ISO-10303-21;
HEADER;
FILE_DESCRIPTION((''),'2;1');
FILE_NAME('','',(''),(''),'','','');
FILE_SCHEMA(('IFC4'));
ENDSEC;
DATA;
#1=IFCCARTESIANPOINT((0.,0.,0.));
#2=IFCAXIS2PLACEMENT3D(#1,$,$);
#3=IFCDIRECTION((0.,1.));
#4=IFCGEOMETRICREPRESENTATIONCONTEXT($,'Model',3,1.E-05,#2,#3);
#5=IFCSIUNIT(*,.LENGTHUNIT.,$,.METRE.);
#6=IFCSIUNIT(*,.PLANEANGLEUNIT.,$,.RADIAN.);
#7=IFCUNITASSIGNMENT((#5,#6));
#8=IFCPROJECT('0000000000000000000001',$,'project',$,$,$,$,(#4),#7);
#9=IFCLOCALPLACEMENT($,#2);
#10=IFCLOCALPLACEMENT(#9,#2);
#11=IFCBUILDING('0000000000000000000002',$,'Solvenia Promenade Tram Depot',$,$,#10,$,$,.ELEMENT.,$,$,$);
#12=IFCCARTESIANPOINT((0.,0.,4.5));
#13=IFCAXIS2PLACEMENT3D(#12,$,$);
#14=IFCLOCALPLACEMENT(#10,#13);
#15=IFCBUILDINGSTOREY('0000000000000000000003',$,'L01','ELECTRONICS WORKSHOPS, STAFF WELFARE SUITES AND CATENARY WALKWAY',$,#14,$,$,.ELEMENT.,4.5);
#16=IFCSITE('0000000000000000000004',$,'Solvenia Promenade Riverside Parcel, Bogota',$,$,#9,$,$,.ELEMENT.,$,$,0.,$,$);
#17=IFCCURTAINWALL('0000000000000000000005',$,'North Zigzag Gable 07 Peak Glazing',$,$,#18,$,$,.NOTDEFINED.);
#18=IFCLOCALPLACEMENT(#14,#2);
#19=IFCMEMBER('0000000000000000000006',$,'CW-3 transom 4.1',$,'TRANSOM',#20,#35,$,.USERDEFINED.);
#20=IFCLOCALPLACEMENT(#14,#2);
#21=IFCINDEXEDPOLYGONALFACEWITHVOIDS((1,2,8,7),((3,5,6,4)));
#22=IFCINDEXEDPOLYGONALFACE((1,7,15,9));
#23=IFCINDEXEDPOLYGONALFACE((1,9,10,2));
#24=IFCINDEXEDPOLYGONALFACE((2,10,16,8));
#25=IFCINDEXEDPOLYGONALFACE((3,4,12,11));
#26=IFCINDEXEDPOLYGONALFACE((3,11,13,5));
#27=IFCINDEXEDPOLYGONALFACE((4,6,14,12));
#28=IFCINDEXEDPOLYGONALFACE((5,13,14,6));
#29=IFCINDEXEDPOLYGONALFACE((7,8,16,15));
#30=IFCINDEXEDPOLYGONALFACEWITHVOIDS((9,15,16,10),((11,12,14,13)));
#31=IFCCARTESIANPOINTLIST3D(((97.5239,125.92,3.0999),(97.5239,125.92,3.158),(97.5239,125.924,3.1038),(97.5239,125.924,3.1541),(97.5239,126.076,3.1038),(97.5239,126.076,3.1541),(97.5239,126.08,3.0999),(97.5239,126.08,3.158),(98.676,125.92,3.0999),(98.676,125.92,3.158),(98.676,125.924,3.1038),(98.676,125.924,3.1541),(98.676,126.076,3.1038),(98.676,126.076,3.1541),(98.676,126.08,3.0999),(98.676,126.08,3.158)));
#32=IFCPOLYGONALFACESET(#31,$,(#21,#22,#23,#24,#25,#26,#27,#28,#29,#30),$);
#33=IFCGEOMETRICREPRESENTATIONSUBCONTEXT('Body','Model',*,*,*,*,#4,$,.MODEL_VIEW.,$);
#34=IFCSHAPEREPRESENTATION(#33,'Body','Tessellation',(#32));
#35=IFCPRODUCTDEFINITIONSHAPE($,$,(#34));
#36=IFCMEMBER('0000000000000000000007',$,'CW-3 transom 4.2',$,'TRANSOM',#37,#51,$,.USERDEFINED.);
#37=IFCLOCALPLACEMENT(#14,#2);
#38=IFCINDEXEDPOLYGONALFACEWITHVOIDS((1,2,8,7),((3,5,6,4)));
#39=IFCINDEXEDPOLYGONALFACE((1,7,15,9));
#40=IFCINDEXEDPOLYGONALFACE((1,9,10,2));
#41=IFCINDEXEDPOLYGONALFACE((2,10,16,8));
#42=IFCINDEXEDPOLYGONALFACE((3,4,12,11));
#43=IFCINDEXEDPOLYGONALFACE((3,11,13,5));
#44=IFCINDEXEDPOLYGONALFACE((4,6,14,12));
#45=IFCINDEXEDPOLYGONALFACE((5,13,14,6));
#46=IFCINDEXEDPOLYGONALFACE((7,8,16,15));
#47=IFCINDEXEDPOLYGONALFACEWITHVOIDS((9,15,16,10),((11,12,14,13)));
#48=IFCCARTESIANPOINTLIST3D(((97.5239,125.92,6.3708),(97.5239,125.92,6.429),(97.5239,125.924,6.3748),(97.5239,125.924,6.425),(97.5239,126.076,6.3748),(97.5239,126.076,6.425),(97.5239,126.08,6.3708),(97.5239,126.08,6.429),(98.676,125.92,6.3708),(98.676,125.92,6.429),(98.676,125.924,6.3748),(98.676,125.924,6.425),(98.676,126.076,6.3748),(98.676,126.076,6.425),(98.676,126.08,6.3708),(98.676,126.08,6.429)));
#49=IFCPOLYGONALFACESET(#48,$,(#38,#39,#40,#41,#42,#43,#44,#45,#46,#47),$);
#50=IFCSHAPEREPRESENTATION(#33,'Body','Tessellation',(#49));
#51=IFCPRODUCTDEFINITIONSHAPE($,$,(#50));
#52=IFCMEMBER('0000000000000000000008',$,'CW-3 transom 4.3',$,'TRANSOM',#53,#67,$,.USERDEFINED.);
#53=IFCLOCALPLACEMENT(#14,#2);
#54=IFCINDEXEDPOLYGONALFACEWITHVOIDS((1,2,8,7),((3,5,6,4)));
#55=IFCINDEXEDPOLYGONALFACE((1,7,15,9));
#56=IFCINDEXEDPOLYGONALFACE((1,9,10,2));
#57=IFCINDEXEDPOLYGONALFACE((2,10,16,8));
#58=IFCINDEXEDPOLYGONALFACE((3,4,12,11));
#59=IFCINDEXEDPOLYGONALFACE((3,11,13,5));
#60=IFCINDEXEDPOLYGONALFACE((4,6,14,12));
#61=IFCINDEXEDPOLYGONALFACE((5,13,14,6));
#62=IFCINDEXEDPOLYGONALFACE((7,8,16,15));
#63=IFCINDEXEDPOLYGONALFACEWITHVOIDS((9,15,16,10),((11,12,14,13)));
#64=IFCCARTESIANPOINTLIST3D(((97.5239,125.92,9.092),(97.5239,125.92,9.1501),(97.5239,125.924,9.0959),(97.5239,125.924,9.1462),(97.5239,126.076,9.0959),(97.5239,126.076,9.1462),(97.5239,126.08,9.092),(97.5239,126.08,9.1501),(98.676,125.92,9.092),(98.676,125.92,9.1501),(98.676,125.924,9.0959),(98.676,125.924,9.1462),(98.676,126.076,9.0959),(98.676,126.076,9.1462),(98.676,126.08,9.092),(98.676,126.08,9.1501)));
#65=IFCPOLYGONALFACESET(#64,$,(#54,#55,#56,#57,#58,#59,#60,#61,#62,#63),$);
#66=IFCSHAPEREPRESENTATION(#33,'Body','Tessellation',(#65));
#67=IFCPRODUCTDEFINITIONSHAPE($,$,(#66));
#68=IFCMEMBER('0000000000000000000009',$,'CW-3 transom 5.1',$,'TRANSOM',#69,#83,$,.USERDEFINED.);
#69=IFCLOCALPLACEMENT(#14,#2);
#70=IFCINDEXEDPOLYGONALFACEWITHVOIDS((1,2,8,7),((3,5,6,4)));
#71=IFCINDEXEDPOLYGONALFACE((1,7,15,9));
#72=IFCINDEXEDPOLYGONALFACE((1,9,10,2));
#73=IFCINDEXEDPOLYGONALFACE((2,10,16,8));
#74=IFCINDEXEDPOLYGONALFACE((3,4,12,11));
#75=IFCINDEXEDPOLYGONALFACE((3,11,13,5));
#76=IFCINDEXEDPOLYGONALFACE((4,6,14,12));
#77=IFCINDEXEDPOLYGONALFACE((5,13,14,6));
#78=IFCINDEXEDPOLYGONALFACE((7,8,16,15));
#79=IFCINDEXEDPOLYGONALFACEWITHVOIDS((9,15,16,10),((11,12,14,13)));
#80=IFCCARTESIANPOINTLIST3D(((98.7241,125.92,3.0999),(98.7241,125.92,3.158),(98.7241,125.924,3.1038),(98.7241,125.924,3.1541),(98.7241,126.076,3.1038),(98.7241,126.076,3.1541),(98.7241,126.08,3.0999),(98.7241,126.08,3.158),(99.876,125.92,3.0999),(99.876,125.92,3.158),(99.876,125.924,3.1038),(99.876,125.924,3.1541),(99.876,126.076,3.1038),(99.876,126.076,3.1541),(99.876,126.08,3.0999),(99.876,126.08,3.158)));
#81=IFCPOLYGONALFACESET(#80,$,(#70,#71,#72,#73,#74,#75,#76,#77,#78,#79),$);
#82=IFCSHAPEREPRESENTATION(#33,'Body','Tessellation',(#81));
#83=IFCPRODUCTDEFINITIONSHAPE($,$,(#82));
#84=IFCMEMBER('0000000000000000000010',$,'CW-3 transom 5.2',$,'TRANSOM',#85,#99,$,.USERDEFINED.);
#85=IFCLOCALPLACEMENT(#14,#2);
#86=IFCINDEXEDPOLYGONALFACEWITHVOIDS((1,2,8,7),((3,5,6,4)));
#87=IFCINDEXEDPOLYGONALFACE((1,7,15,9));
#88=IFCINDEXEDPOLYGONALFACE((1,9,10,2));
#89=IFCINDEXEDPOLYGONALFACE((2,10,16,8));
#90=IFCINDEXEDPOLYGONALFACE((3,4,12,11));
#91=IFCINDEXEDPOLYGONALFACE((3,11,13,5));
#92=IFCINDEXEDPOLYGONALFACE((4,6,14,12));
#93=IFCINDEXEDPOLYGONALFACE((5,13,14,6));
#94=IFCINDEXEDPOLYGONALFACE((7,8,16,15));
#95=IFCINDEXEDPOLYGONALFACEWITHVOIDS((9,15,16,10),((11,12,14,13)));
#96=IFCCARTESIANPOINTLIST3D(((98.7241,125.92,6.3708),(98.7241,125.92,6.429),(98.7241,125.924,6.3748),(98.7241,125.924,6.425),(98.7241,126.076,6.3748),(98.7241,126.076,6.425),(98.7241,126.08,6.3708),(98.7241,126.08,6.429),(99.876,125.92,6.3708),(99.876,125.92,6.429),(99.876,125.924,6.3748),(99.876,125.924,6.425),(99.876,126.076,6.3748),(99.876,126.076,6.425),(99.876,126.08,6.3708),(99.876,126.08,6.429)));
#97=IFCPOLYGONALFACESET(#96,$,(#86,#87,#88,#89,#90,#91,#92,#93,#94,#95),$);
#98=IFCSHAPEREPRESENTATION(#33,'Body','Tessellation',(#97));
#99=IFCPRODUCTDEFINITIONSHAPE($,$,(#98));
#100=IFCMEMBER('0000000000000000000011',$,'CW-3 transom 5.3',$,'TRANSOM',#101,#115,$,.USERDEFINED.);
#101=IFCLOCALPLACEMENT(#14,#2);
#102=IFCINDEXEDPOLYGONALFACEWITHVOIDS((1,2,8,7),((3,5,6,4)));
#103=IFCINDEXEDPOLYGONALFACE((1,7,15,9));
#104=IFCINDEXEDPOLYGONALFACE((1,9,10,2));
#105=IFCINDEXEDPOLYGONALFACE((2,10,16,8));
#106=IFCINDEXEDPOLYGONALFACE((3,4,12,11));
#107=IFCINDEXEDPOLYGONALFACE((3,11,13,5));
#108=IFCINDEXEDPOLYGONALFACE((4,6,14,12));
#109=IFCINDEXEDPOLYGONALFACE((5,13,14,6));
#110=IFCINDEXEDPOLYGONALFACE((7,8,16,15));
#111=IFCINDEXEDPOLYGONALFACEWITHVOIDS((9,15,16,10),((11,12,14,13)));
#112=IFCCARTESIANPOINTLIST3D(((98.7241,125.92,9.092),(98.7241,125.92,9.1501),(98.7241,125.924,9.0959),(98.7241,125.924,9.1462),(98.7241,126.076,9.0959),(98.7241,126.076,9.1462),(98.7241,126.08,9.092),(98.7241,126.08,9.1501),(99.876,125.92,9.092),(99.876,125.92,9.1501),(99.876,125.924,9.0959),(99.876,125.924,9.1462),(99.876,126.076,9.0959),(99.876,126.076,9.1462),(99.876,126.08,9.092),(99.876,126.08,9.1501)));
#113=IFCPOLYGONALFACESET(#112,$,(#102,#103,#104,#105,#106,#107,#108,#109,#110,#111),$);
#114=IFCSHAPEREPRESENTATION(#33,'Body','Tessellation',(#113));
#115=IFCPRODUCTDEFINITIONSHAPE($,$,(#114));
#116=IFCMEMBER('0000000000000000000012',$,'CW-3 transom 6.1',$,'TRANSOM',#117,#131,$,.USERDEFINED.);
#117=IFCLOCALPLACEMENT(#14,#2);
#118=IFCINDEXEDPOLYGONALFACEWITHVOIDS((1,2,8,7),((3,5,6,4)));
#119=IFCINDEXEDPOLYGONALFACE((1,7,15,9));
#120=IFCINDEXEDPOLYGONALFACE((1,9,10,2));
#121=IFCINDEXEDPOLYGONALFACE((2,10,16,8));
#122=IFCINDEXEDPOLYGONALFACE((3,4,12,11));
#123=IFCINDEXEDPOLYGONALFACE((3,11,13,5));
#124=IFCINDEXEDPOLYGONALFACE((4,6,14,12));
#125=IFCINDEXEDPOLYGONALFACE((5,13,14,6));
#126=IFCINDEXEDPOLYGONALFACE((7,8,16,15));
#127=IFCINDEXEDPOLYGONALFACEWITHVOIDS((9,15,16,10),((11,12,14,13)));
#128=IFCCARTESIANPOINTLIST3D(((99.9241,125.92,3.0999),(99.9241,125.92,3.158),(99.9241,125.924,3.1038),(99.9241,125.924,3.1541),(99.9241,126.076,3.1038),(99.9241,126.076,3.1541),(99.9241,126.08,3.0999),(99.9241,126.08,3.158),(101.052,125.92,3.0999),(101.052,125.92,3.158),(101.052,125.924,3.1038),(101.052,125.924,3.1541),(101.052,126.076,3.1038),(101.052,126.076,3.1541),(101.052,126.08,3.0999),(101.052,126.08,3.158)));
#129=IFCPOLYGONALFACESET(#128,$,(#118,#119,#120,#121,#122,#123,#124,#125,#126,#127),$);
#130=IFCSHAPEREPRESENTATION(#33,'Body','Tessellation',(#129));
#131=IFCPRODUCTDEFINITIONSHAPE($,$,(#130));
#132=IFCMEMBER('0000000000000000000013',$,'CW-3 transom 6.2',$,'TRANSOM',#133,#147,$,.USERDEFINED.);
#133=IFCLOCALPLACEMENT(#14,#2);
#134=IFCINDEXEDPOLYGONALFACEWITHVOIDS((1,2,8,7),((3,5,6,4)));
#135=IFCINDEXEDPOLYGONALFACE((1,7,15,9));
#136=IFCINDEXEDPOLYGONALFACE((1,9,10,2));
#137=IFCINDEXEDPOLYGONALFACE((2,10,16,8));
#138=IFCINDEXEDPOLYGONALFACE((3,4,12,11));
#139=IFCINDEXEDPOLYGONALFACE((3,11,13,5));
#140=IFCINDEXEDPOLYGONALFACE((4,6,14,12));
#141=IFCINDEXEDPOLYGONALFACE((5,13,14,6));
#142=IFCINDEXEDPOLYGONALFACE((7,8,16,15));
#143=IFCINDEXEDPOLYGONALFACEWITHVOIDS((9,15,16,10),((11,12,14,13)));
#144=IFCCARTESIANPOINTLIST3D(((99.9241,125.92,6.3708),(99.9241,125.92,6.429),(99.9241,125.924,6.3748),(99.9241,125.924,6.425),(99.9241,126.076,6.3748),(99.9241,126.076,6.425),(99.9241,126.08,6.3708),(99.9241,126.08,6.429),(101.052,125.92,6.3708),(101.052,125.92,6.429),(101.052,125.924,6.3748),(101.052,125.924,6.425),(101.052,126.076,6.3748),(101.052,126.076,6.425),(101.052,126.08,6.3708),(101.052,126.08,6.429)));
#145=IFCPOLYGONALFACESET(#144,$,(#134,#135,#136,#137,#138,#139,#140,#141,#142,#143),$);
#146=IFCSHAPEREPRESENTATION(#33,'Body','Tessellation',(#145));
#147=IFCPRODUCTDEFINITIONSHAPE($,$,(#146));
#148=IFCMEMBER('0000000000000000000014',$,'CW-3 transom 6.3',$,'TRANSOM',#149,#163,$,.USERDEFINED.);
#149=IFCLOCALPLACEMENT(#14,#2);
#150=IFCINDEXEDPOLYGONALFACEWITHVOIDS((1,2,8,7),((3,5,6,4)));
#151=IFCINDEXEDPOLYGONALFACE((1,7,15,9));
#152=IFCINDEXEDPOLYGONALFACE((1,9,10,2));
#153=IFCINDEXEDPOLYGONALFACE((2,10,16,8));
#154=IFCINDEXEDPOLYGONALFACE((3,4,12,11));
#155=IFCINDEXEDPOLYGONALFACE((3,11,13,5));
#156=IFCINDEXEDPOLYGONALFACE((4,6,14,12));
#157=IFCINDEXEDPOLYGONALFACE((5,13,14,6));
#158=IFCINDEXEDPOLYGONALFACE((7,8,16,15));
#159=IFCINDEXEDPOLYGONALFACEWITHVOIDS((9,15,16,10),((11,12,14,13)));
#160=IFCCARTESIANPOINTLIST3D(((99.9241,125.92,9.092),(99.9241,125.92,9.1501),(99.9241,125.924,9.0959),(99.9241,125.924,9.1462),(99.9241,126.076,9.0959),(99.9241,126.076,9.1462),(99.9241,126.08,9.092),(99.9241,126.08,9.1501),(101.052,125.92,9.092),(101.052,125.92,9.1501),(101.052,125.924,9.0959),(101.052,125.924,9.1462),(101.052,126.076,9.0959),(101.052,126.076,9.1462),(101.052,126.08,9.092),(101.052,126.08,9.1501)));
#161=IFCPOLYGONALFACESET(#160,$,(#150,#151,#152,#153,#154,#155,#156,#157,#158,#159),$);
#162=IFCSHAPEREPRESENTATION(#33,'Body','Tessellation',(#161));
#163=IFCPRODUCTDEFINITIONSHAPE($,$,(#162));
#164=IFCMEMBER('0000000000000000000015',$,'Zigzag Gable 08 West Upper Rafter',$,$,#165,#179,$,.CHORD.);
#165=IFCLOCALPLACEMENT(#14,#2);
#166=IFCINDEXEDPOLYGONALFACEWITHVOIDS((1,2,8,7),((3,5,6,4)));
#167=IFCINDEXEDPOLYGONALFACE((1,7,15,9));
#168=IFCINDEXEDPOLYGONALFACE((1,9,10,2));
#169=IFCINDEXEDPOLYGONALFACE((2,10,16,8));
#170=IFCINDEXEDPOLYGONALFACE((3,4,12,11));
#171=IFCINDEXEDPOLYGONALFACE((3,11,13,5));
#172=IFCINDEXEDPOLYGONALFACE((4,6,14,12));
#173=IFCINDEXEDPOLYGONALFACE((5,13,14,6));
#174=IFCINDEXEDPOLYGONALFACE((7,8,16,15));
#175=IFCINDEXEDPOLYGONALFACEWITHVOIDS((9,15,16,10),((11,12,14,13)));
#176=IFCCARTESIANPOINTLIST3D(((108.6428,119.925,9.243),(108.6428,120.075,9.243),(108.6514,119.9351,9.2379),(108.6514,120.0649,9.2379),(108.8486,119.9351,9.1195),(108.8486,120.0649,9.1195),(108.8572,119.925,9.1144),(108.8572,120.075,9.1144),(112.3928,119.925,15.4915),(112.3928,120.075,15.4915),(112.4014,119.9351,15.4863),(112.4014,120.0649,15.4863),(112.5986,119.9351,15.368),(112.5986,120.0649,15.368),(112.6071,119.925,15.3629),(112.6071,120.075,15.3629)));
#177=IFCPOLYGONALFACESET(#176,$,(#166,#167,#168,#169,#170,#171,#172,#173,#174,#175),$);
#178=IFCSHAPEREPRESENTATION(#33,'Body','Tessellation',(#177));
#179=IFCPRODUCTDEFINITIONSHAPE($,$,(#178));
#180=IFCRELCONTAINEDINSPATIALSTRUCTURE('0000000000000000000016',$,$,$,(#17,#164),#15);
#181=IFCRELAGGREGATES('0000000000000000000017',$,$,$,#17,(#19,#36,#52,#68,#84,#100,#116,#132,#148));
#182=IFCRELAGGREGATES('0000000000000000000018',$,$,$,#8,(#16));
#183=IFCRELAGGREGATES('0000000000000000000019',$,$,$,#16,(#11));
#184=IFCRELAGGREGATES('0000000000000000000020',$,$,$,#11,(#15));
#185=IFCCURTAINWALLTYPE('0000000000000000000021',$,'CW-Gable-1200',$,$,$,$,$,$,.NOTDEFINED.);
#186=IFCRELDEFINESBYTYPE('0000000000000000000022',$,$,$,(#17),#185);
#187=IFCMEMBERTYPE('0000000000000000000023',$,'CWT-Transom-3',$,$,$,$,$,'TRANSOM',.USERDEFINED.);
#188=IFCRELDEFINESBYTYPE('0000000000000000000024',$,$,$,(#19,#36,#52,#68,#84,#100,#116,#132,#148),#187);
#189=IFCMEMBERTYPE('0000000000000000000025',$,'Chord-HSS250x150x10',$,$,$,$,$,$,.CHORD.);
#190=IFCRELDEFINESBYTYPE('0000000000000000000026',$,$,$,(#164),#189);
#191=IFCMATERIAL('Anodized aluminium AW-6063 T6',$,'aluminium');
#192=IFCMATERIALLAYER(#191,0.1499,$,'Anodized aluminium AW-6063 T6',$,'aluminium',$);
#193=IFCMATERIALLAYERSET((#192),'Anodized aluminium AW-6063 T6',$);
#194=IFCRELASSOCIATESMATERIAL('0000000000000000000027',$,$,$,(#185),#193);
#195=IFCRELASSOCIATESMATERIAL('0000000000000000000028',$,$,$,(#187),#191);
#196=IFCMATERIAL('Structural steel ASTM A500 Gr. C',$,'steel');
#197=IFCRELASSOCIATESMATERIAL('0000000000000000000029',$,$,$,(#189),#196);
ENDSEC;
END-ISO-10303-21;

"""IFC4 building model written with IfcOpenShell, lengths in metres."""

from ifc_helpers import new_model, si_unit, direction, frame, origin, origin_2d, place, context, subcontext, project, spatial, hollow_rectangle, extrude, material, layer, layer_set, material_profile, profile_set, type_object, element, aggregate, save


model = new_model("IFC4")

# Units and contexts
model_context = context("Model", 3, precision=1e-05, world=origin(), true_north=direction((0.0, 1.0)))
body_context = subcontext(model_context, "Body", "Model", "MODEL_VIEW")
ifc_project = project(units=[si_unit("LENGTHUNIT", "METRE"), si_unit("PLANEANGLEUNIT", "RADIAN")], contexts=[model_context])

# Site, building, storey
site_placement = place(None, origin())
site = spatial("IfcSite", under=ifc_project, at=site_placement, Name="Solvenia Promenade Riverside Parcel, Bogota", CompositionType="ELEMENT", RefElevation=0.0)
building_placement = place(site_placement, origin())
building = spatial("IfcBuilding", under=site, at=building_placement, Name="Solvenia Promenade Tram Depot", CompositionType="ELEMENT")
storey_placement = place(building_placement, frame((0.0, 0.0, 4.5)))
storey = spatial("IfcBuildingStorey", under=building, at=storey_placement, Name="L01", Description="ELECTRONICS WORKSHOPS, STAFF WELFARE SUITES AND CATENARY WALKWAY", CompositionType="ELEMENT", Elevation=4.5)

# Curtain wall, members
ifc_material_1 = material(Name="Anodized aluminium AW-6063 T6", Category="aluminium")
ifc_layer_1 = layer(ifc_material_1, 0.1499, Name="Anodized aluminium AW-6063 T6", Category="aluminium")
ifc_layer_set_1 = layer_set([ifc_layer_1], Name="Anodized aluminium AW-6063 T6")
curtain_wall_type = type_object("IfcCurtainWallType", Name="CW-Gable-1200", PredefinedType="NOTDEFINED", material=ifc_layer_set_1)
curtain_wall_placement = place(storey_placement, origin())
curtain_wall = element("IfcCurtainWall", 1, at=curtain_wall_placement, inside=storey, type_object=curtain_wall_type, Name="North Zigzag Gable 07 Peak Glazing", PredefinedType="NOTDEFINED")
ifc_material_profile_1 = material_profile(ifc_material_1, hollow_rectangle(XDim=0.1599, YDim=0.0581, WallThickness=0.0039, at=origin_2d()), Name="ALU-T3", Category="aluminium")
ifc_profile_set_1 = profile_set([ifc_material_profile_1], Name="Anodized aluminium AW-6063 T6")
member_type_1 = type_object("IfcMemberType", Name="CWT-Transom-3", ElementType="TRANSOM", PredefinedType="USERDEFINED", material=ifc_profile_set_1)
member_1_placement = place(storey_placement, frame((97.5239, 126.0, 3.1289), z_axis=(1.0, 0.0, 0.0), x_axis=(0.0, 1.0, 0.0)))
member_1 = element("IfcMember", 2, at=member_1_placement, type_object=member_type_1, Name="CW-3 transom 4.1", ObjectType="TRANSOM", PredefinedType="USERDEFINED", context=body_context, shape_type="SweptSolid", body=[
    extrude(hollow_rectangle(XDim=0.1599, YDim=0.0581, WallThickness=0.0039, at=origin_2d()), origin(), (0.0, 0.0, 1.0), 1.1521),
])
member_2_placement = place(storey_placement, frame((97.5239, 126.0, 6.3999), z_axis=(1.0, 0.0, 0.0), x_axis=(0.0, 1.0, 0.0)))
member_2 = element("IfcMember", 3, at=member_2_placement, type_object=member_type_1, Name="CW-3 transom 4.2", ObjectType="TRANSOM", PredefinedType="USERDEFINED", context=body_context, shape_type="SweptSolid", body=[
    extrude(hollow_rectangle(XDim=0.1599, YDim=0.0581, WallThickness=0.0039, at=origin_2d()), origin(), (0.0, 0.0, 1.0), 1.1521),
])
member_3_placement = place(storey_placement, frame((97.5239, 126.0, 9.1211), z_axis=(1.0, 0.0, 0.0), x_axis=(0.0, 1.0, 0.0)))
member_3 = element("IfcMember", 4, at=member_3_placement, type_object=member_type_1, Name="CW-3 transom 4.3", ObjectType="TRANSOM", PredefinedType="USERDEFINED", context=body_context, shape_type="SweptSolid", body=[
    extrude(hollow_rectangle(XDim=0.1599, YDim=0.0581, WallThickness=0.0039, at=origin_2d()), origin(), (0.0, 0.0, 1.0), 1.1521),
])
member_4_placement = place(storey_placement, frame((98.7241, 126.0, 3.1289), z_axis=(1.0, 0.0, 0.0), x_axis=(0.0, 1.0, 0.0)))
member_4 = element("IfcMember", 5, at=member_4_placement, type_object=member_type_1, Name="CW-3 transom 5.1", ObjectType="TRANSOM", PredefinedType="USERDEFINED", context=body_context, shape_type="SweptSolid", body=[
    extrude(hollow_rectangle(XDim=0.1599, YDim=0.0581, WallThickness=0.0039, at=origin_2d()), origin(), (0.0, 0.0, 1.0), 1.1519),
])
member_5_placement = place(storey_placement, frame((98.7241, 126.0, 6.3999), z_axis=(1.0, 0.0, 0.0), x_axis=(0.0, 1.0, 0.0)))
member_5 = element("IfcMember", 6, at=member_5_placement, type_object=member_type_1, Name="CW-3 transom 5.2", ObjectType="TRANSOM", PredefinedType="USERDEFINED", context=body_context, shape_type="SweptSolid", body=[
    extrude(hollow_rectangle(XDim=0.1599, YDim=0.0581, WallThickness=0.0039, at=origin_2d()), origin(), (0.0, 0.0, 1.0), 1.1519),
])
member_6_placement = place(storey_placement, frame((98.7241, 126.0, 9.1211), z_axis=(1.0, 0.0, 0.0), x_axis=(0.0, 1.0, 0.0)))
member_6 = element("IfcMember", 7, at=member_6_placement, type_object=member_type_1, Name="CW-3 transom 5.3", ObjectType="TRANSOM", PredefinedType="USERDEFINED", context=body_context, shape_type="SweptSolid", body=[
    extrude(hollow_rectangle(XDim=0.1599, YDim=0.0581, WallThickness=0.0039, at=origin_2d()), origin(), (0.0, 0.0, 1.0), 1.1519),
])
member_7_placement = place(storey_placement, frame((99.9241, 126.0, 3.1289), z_axis=(1.0, 0.0, 0.0), x_axis=(0.0, 1.0, 0.0)))
member_7 = element("IfcMember", 8, at=member_7_placement, type_object=member_type_1, Name="CW-3 transom 6.1", ObjectType="TRANSOM", PredefinedType="USERDEFINED", context=body_context, shape_type="SweptSolid", body=[
    extrude(hollow_rectangle(XDim=0.1599, YDim=0.0581, WallThickness=0.0039, at=origin_2d()), origin(), (0.0, 0.0, 1.0), 1.1279),
])
member_8_placement = place(storey_placement, frame((99.9241, 126.0, 6.3999), z_axis=(1.0, 0.0, 0.0), x_axis=(0.0, 1.0, 0.0)))
member_8 = element("IfcMember", 9, at=member_8_placement, type_object=member_type_1, Name="CW-3 transom 6.2", ObjectType="TRANSOM", PredefinedType="USERDEFINED", context=body_context, shape_type="SweptSolid", body=[
    extrude(hollow_rectangle(XDim=0.1599, YDim=0.0581, WallThickness=0.0039, at=origin_2d()), origin(), (0.0, 0.0, 1.0), 1.1279),
])
member_9_placement = place(storey_placement, frame((99.9241, 126.0, 9.1211), z_axis=(1.0, 0.0, 0.0), x_axis=(0.0, 1.0, 0.0)))
member_9 = element("IfcMember", 10, at=member_9_placement, type_object=member_type_1, Name="CW-3 transom 6.3", ObjectType="TRANSOM", PredefinedType="USERDEFINED", context=body_context, shape_type="SweptSolid", body=[
    extrude(hollow_rectangle(XDim=0.1599, YDim=0.0581, WallThickness=0.0039, at=origin_2d()), origin(), (0.0, 0.0, 1.0), 1.1279),
])

# Member
ifc_material_2 = material(Name="Structural steel ASTM A500 Gr. C", Category="steel")
ifc_material_profile_2 = material_profile(ifc_material_2, hollow_rectangle(XDim=0.1499, YDim=0.25, WallThickness=0.01, at=origin_2d()), Name="HSS250x150x10", Category="steel")
ifc_profile_set_2 = profile_set([ifc_material_profile_2], Name="Structural steel ASTM A500 Gr. C")
member_type_2 = type_object("IfcMemberType", Name="Chord-HSS250x150x10", PredefinedType="CHORD", material=ifc_profile_set_2)
member_10_placement = place(storey_placement, frame((108.75, 120.0, 9.1787), z_axis=(0.514584, 0.0, 0.85744), x_axis=(0.0, 1.0, 0.0)))
element("IfcMember", 11, at=member_10_placement, inside=storey, type_object=member_type_2, Name="Zigzag Gable 08 West Upper Rafter", PredefinedType="CHORD", context=body_context, shape_type="SweptSolid", body=[
    extrude(hollow_rectangle(XDim=0.1499, YDim=0.25, WallThickness=0.01, at=origin_2d()), origin(), (0.0, 0.0, 1.0), 7.2874),
])

aggregate(curtain_wall, [member_1, member_2, member_3, member_4, member_5, member_6, member_7, member_8, member_9])

save(model, "model.ifc")
